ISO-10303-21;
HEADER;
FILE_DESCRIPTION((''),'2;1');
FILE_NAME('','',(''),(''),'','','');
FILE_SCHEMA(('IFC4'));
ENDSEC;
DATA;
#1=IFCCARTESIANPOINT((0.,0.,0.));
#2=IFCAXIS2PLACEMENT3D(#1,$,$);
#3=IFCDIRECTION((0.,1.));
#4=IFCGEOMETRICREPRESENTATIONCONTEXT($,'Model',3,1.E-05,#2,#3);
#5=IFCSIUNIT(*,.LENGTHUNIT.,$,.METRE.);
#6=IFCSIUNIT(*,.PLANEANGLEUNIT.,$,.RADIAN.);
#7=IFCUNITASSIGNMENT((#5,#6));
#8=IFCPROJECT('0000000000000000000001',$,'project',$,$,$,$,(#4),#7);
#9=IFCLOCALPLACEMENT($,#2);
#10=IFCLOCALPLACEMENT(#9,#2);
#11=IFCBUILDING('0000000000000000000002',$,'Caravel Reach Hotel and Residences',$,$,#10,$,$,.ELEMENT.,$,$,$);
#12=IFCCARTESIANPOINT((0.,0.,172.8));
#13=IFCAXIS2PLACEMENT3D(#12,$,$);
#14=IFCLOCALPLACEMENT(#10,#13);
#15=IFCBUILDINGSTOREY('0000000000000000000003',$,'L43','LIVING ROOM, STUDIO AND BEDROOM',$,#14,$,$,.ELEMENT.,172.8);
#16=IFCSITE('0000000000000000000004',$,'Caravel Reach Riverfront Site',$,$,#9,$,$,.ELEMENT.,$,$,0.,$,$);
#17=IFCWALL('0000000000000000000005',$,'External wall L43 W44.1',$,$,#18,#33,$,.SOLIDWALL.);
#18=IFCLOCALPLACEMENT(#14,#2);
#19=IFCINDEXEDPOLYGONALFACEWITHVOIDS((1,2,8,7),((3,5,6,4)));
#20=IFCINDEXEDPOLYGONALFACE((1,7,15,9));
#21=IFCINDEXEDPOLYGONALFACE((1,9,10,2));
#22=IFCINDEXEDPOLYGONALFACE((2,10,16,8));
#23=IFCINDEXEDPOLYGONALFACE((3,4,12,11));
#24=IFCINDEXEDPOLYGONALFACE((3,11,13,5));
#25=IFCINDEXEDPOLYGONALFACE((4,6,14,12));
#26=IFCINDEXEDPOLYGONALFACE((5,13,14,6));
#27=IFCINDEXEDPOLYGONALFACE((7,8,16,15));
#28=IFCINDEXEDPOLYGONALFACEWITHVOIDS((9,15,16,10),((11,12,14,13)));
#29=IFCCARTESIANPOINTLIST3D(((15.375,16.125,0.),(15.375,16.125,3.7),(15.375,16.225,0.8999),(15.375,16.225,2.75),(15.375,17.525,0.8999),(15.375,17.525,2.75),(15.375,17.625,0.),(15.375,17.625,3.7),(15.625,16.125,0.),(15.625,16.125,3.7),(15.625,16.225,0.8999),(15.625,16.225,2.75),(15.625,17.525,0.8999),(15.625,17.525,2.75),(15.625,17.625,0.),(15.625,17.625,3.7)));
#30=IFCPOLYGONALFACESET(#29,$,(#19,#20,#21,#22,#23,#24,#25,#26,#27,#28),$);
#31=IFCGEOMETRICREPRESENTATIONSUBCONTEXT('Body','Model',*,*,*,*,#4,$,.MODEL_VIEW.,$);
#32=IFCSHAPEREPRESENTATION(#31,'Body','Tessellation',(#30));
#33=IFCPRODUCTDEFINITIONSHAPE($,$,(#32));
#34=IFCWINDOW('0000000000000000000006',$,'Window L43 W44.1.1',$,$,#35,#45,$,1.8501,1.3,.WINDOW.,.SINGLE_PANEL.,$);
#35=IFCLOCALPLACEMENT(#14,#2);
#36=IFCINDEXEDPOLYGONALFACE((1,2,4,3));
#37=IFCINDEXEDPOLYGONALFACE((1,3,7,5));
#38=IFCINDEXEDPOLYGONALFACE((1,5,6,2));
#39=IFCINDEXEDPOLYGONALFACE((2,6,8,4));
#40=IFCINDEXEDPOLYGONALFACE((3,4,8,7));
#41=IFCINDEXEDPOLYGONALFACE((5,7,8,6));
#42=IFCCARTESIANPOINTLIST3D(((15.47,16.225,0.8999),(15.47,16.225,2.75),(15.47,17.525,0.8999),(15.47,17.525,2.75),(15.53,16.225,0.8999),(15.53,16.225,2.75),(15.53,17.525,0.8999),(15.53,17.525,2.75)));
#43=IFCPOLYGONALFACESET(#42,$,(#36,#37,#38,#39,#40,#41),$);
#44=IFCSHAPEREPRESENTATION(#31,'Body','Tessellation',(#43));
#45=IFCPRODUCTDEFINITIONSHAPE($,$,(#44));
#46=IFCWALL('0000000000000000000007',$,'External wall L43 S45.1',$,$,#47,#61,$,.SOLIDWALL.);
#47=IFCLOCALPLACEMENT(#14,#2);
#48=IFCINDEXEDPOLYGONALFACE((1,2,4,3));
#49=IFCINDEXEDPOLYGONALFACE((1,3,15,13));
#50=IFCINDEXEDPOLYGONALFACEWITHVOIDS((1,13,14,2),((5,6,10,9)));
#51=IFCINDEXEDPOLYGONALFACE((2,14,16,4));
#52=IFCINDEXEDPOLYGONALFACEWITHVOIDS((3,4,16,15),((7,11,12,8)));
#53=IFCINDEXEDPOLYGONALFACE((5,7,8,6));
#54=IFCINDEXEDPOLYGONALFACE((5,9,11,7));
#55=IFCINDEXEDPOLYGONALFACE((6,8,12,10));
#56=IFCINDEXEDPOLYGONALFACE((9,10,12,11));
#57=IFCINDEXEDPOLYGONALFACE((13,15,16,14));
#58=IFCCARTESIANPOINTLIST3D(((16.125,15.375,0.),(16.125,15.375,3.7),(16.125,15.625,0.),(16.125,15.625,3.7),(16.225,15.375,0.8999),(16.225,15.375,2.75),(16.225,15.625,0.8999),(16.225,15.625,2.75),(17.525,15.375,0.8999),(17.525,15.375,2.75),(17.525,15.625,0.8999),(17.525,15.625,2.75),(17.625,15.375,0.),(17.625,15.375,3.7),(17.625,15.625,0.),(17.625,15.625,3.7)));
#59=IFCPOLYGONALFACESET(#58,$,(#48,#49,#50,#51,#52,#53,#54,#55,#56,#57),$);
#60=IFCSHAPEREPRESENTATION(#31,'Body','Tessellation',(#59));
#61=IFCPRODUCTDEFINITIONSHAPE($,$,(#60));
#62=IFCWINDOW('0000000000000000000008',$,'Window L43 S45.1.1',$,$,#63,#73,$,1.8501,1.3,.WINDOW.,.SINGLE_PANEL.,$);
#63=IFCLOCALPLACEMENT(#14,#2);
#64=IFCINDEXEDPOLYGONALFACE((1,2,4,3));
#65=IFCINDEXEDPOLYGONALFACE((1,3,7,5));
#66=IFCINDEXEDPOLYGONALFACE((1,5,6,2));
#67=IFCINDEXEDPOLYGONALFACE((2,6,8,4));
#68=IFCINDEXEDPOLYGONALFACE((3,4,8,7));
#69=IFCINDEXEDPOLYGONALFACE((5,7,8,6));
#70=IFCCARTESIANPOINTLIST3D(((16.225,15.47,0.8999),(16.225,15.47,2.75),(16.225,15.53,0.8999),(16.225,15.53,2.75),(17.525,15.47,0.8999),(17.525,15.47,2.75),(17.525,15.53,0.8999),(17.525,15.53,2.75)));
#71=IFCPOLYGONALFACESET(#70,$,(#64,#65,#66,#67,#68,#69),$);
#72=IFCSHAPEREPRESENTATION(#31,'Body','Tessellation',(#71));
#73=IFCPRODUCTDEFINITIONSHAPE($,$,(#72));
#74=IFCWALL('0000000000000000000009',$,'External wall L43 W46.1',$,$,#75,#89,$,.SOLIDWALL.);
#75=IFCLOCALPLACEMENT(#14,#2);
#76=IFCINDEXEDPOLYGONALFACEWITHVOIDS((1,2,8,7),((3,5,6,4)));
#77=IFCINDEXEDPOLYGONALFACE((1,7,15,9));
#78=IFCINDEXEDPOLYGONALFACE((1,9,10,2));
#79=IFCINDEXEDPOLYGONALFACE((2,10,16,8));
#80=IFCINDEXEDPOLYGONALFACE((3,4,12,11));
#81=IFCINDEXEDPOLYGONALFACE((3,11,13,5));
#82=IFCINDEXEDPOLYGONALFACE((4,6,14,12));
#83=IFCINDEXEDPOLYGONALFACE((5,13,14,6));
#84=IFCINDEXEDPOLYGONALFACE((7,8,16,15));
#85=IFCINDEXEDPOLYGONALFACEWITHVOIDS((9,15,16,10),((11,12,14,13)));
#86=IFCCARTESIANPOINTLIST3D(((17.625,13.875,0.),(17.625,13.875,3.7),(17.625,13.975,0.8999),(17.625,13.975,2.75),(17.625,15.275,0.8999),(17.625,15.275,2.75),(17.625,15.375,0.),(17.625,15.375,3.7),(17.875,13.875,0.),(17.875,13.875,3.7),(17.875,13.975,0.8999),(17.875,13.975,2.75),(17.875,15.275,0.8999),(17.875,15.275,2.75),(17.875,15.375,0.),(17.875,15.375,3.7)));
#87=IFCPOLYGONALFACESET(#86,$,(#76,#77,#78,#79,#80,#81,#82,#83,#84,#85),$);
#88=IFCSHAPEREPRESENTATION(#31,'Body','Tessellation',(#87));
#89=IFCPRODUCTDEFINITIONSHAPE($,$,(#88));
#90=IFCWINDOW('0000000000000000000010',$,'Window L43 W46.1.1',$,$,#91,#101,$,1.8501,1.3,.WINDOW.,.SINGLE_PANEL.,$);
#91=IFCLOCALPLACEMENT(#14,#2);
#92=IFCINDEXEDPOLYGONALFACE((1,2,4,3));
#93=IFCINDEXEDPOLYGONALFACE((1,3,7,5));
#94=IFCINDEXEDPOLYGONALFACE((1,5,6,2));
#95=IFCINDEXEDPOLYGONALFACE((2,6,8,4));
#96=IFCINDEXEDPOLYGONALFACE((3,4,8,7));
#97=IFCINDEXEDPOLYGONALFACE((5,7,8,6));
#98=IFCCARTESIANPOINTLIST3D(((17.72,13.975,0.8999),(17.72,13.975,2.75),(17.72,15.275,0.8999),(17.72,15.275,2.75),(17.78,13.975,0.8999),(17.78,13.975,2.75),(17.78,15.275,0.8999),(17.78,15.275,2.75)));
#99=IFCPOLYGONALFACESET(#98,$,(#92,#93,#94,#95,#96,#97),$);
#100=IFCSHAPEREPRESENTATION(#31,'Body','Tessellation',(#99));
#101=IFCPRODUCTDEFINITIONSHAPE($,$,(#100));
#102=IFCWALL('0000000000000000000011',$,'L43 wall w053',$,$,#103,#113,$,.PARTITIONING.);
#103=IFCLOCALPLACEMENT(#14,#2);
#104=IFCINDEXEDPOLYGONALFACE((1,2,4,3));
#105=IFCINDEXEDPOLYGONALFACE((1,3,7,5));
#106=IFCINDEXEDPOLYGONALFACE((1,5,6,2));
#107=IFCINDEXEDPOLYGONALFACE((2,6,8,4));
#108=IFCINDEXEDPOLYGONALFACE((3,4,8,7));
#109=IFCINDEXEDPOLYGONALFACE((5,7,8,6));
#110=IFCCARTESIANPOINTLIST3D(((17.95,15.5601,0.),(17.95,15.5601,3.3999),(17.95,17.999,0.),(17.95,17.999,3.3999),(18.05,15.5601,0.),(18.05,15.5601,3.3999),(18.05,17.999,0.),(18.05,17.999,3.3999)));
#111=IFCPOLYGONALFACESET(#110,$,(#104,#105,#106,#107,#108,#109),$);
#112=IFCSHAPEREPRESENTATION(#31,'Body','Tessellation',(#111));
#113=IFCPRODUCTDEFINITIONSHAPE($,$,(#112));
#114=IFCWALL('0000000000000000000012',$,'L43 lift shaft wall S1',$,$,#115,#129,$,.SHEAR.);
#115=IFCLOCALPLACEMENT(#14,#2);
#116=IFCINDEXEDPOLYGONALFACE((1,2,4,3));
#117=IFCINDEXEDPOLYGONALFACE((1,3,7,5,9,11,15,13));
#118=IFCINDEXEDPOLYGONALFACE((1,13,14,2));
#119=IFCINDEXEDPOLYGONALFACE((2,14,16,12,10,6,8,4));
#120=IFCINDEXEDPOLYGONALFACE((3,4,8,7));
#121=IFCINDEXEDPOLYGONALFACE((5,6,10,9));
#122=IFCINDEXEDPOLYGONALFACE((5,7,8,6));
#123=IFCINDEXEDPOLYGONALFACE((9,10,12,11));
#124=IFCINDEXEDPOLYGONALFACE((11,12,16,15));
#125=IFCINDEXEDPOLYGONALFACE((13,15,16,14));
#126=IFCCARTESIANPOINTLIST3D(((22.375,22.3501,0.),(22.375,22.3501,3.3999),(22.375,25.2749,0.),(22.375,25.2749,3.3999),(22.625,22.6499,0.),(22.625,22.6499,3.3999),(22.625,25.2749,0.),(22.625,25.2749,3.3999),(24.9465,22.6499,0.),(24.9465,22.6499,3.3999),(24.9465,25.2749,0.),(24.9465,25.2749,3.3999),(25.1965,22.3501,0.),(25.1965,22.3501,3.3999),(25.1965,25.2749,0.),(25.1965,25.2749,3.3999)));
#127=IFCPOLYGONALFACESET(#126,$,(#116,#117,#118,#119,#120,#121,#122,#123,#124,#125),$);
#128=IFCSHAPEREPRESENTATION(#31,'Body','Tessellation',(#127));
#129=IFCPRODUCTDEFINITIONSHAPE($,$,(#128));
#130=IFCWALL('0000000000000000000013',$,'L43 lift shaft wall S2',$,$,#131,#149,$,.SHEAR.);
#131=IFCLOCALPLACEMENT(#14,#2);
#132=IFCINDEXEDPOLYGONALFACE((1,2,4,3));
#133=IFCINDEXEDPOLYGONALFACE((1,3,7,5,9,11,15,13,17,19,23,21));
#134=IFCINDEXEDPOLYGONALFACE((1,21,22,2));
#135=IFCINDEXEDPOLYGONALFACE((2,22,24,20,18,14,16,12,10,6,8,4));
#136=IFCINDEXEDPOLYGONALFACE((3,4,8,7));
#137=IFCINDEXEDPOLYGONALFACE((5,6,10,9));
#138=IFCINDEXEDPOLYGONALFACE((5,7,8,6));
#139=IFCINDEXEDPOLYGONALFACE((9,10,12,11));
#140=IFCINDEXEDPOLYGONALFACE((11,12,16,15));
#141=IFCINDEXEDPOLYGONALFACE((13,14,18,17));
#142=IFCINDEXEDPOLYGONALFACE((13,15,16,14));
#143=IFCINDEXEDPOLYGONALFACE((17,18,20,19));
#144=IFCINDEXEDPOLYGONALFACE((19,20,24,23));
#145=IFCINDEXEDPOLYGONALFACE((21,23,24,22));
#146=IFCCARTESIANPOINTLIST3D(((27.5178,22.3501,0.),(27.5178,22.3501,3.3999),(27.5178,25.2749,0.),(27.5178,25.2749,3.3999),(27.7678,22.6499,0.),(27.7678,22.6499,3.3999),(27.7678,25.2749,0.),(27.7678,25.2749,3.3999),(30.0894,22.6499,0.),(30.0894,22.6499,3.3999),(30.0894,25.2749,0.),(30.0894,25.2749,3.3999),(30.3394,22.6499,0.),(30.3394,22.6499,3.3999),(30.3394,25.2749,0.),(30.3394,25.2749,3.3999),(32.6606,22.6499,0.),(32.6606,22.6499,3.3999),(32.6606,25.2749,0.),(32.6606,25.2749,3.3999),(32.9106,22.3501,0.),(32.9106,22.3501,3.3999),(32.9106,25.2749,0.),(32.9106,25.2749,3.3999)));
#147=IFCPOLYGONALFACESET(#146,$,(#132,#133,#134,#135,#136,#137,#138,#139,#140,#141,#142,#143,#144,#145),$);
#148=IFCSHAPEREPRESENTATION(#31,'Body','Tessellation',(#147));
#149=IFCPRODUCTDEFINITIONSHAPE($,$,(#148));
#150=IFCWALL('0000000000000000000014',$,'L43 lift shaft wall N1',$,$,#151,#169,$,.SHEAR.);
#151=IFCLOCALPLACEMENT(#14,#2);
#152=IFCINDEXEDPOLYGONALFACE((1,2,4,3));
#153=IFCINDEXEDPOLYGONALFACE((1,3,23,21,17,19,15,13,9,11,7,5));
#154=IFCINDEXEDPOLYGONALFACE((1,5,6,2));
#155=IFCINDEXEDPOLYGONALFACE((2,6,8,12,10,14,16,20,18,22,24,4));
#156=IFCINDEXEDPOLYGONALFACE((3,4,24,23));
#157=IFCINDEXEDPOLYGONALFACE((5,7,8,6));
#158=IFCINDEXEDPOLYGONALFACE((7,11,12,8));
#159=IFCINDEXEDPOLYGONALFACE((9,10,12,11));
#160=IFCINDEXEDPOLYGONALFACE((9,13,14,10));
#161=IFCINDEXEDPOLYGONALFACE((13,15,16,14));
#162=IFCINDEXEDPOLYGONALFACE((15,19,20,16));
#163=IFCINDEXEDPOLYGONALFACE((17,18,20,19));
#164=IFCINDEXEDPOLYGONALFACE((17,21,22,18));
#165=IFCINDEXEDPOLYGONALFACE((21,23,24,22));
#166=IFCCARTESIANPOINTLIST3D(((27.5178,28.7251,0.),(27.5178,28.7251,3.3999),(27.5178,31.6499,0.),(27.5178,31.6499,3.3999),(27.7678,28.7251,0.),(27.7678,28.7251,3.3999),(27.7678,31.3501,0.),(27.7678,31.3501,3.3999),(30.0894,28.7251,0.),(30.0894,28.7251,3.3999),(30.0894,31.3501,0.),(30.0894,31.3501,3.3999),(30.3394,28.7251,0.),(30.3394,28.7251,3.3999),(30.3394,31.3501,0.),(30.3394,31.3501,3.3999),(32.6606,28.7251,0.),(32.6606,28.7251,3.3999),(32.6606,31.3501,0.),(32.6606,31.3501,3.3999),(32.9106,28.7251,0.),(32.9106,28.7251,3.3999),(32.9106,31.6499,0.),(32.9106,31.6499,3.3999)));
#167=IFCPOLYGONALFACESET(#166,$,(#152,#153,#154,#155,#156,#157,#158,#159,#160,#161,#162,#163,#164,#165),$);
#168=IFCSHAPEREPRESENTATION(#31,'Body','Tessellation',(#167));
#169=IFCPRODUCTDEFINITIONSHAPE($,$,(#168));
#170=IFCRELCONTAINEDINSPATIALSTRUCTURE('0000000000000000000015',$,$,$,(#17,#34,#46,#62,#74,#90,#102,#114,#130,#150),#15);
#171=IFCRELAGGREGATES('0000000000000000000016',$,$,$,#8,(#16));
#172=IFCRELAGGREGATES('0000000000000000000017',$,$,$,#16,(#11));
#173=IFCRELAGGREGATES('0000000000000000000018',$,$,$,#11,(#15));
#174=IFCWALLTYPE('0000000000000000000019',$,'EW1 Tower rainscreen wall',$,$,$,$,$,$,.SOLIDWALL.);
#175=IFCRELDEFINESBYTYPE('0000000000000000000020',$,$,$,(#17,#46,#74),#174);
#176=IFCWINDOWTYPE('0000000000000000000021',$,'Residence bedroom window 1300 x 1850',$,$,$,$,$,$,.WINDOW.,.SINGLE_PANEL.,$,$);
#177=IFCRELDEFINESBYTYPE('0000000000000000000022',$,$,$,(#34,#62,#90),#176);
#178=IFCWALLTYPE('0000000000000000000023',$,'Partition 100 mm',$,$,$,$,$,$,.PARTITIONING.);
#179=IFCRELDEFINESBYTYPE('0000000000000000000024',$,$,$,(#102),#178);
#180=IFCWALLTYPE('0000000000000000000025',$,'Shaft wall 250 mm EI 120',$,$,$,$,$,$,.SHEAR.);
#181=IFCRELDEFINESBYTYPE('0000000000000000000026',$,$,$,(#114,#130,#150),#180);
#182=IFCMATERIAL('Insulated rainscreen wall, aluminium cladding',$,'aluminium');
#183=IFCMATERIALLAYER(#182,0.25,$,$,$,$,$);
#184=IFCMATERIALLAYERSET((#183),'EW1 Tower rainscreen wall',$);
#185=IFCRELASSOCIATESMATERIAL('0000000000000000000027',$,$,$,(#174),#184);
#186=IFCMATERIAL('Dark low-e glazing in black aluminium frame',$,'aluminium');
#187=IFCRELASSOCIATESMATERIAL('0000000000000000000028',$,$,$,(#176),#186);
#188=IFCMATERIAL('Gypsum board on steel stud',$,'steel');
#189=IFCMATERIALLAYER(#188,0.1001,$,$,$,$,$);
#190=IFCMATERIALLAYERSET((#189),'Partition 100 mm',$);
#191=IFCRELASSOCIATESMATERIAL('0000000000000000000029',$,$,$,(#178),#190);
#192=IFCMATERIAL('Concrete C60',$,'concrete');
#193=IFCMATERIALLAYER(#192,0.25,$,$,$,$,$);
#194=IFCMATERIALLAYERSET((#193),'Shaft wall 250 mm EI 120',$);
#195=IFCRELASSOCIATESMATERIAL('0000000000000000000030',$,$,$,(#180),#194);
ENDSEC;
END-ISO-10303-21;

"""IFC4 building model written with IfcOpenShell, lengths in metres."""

from ifc_helpers import new_model, si_unit, direction, frame, frame_2d, origin, place, context, subcontext, project, spatial, polyline, rectangle, outline, extrude, material, layer, layer_set, type_object, element, fill, save


model = new_model("IFC4")

# Units and contexts
model_context = context("Model", 3, precision=1e-05, world=origin(), true_north=direction((0.0, 1.0)))
body_context = subcontext(model_context, "Body", "Model", "MODEL_VIEW")
ifc_project = project(units=[si_unit("LENGTHUNIT", "METRE"), si_unit("PLANEANGLEUNIT", "RADIAN")], contexts=[model_context])

# Site, building, storey
site_placement = place(None, origin())
site = spatial("IfcSite", under=ifc_project, at=site_placement, Name="Caravel Reach Riverfront Site", CompositionType="ELEMENT", RefElevation=0.0)
building_placement = place(site_placement, origin())
building = spatial("IfcBuilding", under=site, at=building_placement, Name="Caravel Reach Hotel and Residences", CompositionType="ELEMENT")
storey_placement = place(building_placement, frame((0.0, 0.0, 172.8)))
storey = spatial("IfcBuildingStorey", under=building, at=storey_placement, Name="L43", Description="LIVING ROOM, STUDIO AND BEDROOM", CompositionType="ELEMENT", Elevation=172.8)

# Walls, openings, windows
ifc_material_1 = material(Name="Insulated rainscreen wall, aluminium cladding", Category="aluminium")
ifc_layer_1 = layer(ifc_material_1, 0.25)
ifc_layer_set_1 = layer_set([ifc_layer_1], Name="EW1 Tower rainscreen wall")
wall_type_1 = type_object("IfcWallType", Name="EW1 Tower rainscreen wall", PredefinedType="SOLIDWALL", material=ifc_layer_set_1)
wall_1_placement = place(storey_placement, frame((15.5, 17.625, 0.0), z_axis=(0.0, 0.0, 1.0), x_axis=(0.0, -1.0, 0.0)))
wall_1 = element("IfcWall", 1, at=wall_1_placement, inside=storey, type_object=wall_type_1, Name="External wall L43 W44.1", PredefinedType="SOLIDWALL", context=body_context, shape_type="SweptSolid", body=[
    extrude(rectangle(XDim=1.5, YDim=0.25, at=frame_2d((0.75, 0.0))), origin(), (0.0, 0.0, 1.0), 3.7),
])
opening_1_placement = place(wall_1_placement, frame((0.1001, 0.0, 0.8999)))
opening_1 = element("IfcOpeningElement", 2, at=opening_1_placement, cuts=wall_1, PredefinedType="OPENING", context=body_context, shape_type="SweptSolid", body=[
    extrude(rectangle(XDim=1.3, YDim=1.8501, at=frame_2d((0.6499, 0.925))), frame((0.0, 0.135, 0.0), z_axis=(0.0, -1.0, 0.0), x_axis=(1.0, 0.0, 0.0)), (0.0, 0.0, 1.0), 0.27),
])
ifc_material_2 = material(Name="Dark low-e glazing in black aluminium frame", Category="aluminium")
window_type = type_object("IfcWindowType", Name="Residence bedroom window 1300 x 1850", PartitioningType="SINGLE_PANEL", PredefinedType="WINDOW", material=ifc_material_2)
window_1_placement = place(opening_1_placement, origin())
window_1 = element("IfcWindow", 3, at=window_1_placement, inside=storey, type_object=window_type, Name="Window L43 W44.1.1", OverallHeight=1.8501, OverallWidth=1.3, PartitioningType="SINGLE_PANEL", PredefinedType="WINDOW", context=body_context, shape_type="SweptSolid", body=[
    extrude(rectangle(XDim=1.3, YDim=1.8501, at=frame_2d((0.6499, 0.925))), frame((0.0, 0.03, 0.0), z_axis=(0.0, -1.0, 0.0), x_axis=(1.0, 0.0, 0.0)), (0.0, 0.0, 1.0), 0.0601),
])
fill(opening_1, window_1)
wall_2_placement = place(storey_placement, frame((16.125, 15.5, 0.0), z_axis=(0.0, 0.0, 1.0), x_axis=(1.0, 0.0, 0.0)))
wall_2 = element("IfcWall", 4, at=wall_2_placement, inside=storey, type_object=wall_type_1, Name="External wall L43 S45.1", PredefinedType="SOLIDWALL", context=body_context, shape_type="SweptSolid", body=[
    extrude(rectangle(XDim=1.5, YDim=0.25, at=frame_2d((0.75, 0.0))), origin(), (0.0, 0.0, 1.0), 3.7),
])
opening_2_placement = place(wall_2_placement, frame((0.1001, 0.0, 0.8999)))
opening_2 = element("IfcOpeningElement", 5, at=opening_2_placement, cuts=wall_2, PredefinedType="OPENING", context=body_context, shape_type="SweptSolid", body=[
    extrude(rectangle(XDim=1.3, YDim=1.8501, at=frame_2d((0.6499, 0.925))), frame((0.0, 0.135, 0.0), z_axis=(0.0, -1.0, 0.0), x_axis=(1.0, 0.0, 0.0)), (0.0, 0.0, 1.0), 0.27),
])
window_2_placement = place(opening_2_placement, origin())
window_2 = element("IfcWindow", 6, at=window_2_placement, inside=storey, type_object=window_type, Name="Window L43 S45.1.1", OverallHeight=1.8501, OverallWidth=1.3, PartitioningType="SINGLE_PANEL", PredefinedType="WINDOW", context=body_context, shape_type="SweptSolid", body=[
    extrude(rectangle(XDim=1.3, YDim=1.8501, at=frame_2d((0.6499, 0.925))), frame((0.0, 0.03, 0.0), z_axis=(0.0, -1.0, 0.0), x_axis=(1.0, 0.0, 0.0)), (0.0, 0.0, 1.0), 0.0601),
])
fill(opening_2, window_2)
wall_3_placement = place(storey_placement, frame((17.75, 15.375, 0.0), z_axis=(0.0, 0.0, 1.0), x_axis=(0.0, -1.0, 0.0)))
wall_3 = element("IfcWall", 7, at=wall_3_placement, inside=storey, type_object=wall_type_1, Name="External wall L43 W46.1", PredefinedType="SOLIDWALL", context=body_context, shape_type="SweptSolid", body=[
    extrude(rectangle(XDim=1.5, YDim=0.25, at=frame_2d((0.75, 0.0))), origin(), (0.0, 0.0, 1.0), 3.7),
])
opening_3_placement = place(wall_3_placement, frame((0.1001, 0.0, 0.8999)))
opening_3 = element("IfcOpeningElement", 8, at=opening_3_placement, cuts=wall_3, PredefinedType="OPENING", context=body_context, shape_type="SweptSolid", body=[
    extrude(rectangle(XDim=1.3, YDim=1.8501, at=frame_2d((0.6499, 0.925))), frame((0.0, 0.135, 0.0), z_axis=(0.0, -1.0, 0.0), x_axis=(1.0, 0.0, 0.0)), (0.0, 0.0, 1.0), 0.27),
])
window_3_placement = place(opening_3_placement, origin())
window_3 = element("IfcWindow", 9, at=window_3_placement, inside=storey, type_object=window_type, Name="Window L43 W46.1.1", OverallHeight=1.8501, OverallWidth=1.3, PartitioningType="SINGLE_PANEL", PredefinedType="WINDOW", context=body_context, shape_type="SweptSolid", body=[
    extrude(rectangle(XDim=1.3, YDim=1.8501, at=frame_2d((0.6499, 0.925))), frame((0.0, 0.03, 0.0), z_axis=(0.0, -1.0, 0.0), x_axis=(1.0, 0.0, 0.0)), (0.0, 0.0, 1.0), 0.0601),
])
fill(opening_3, window_3)

# Walls
ifc_material_3 = material(Name="Gypsum board on steel stud", Category="steel")
ifc_layer_2 = layer(ifc_material_3, 0.1001)
ifc_layer_set_2 = layer_set([ifc_layer_2], Name="Partition 100 mm")
wall_type_2 = type_object("IfcWallType", Name="Partition 100 mm", PredefinedType="PARTITIONING", material=ifc_layer_set_2)
wall_4_placement = place(storey_placement, frame((18.0, 15.5601, 0.0), z_axis=(0.0, 0.0, 1.0), x_axis=(0.0, 1.0, 0.0)))
element("IfcWall", 10, at=wall_4_placement, inside=storey, type_object=wall_type_2, Name="L43 wall w053", PredefinedType="PARTITIONING", context=body_context, shape_type="SweptSolid", body=[
    extrude(rectangle(XDim=2.439, YDim=0.1001, at=frame_2d((1.2195, 0.0))), origin(), (0.0, 0.0, 1.0), 3.3999),
])
ifc_material_4 = material(Name="Concrete C60", Category="concrete")
ifc_layer_3 = layer(ifc_material_4, 0.25)
ifc_layer_set_3 = layer_set([ifc_layer_3], Name="Shaft wall 250 mm EI 120")
wall_type_3 = type_object("IfcWallType", Name="Shaft wall 250 mm EI 120", PredefinedType="SHEAR", material=ifc_layer_set_3)
wall_5_placement = place(storey_placement, origin())
element("IfcWall", 11, at=wall_5_placement, inside=storey, type_object=wall_type_3, Name="L43 lift shaft wall S1", PredefinedType="SHEAR", context=body_context, shape_type="SweptSolid", body=[
    extrude(outline(polyline([(22.375, 22.3501), (25.1965, 22.3501), (25.1965, 25.2749), (24.9465, 25.2749), (24.9465, 22.6499), (22.625, 22.6499), (22.625, 25.2749), (22.375, 25.2749), (22.375, 22.3501)])), origin(), (0.0, 0.0, 1.0), 3.3999),
])
wall_6_placement = place(storey_placement, origin())
element("IfcWall", 12, at=wall_6_placement, inside=storey, type_object=wall_type_3, Name="L43 lift shaft wall S2", PredefinedType="SHEAR", context=body_context, shape_type="SweptSolid", body=[
    extrude(outline(polyline([(27.5178, 22.3501), (32.9106, 22.3501), (32.9106, 25.2749), (32.6606, 25.2749), (32.6606, 22.6499), (30.3394, 22.6499), (30.3394, 25.2749), (30.0894, 25.2749), (30.0894, 22.6499), (27.7678, 22.6499), (27.7678, 25.2749), (27.5178, 25.2749), (27.5178, 22.3501)])), origin(), (0.0, 0.0, 1.0), 3.3999),
])
wall_7_placement = place(storey_placement, origin())
element("IfcWall", 13, at=wall_7_placement, inside=storey, type_object=wall_type_3, Name="L43 lift shaft wall N1", PredefinedType="SHEAR", context=body_context, shape_type="SweptSolid", body=[
    extrude(outline(polyline([(27.5178, 28.7251), (27.7678, 28.7251), (27.7678, 31.3501), (30.0894, 31.3501), (30.0894, 28.7251), (30.3394, 28.7251), (30.3394, 31.3501), (32.6606, 31.3501), (32.6606, 28.7251), (32.9106, 28.7251), (32.9106, 31.6499), (27.5178, 31.6499), (27.5178, 28.7251)])), origin(), (0.0, 0.0, 1.0), 3.3999),
])

save(model, "model.ifc")
